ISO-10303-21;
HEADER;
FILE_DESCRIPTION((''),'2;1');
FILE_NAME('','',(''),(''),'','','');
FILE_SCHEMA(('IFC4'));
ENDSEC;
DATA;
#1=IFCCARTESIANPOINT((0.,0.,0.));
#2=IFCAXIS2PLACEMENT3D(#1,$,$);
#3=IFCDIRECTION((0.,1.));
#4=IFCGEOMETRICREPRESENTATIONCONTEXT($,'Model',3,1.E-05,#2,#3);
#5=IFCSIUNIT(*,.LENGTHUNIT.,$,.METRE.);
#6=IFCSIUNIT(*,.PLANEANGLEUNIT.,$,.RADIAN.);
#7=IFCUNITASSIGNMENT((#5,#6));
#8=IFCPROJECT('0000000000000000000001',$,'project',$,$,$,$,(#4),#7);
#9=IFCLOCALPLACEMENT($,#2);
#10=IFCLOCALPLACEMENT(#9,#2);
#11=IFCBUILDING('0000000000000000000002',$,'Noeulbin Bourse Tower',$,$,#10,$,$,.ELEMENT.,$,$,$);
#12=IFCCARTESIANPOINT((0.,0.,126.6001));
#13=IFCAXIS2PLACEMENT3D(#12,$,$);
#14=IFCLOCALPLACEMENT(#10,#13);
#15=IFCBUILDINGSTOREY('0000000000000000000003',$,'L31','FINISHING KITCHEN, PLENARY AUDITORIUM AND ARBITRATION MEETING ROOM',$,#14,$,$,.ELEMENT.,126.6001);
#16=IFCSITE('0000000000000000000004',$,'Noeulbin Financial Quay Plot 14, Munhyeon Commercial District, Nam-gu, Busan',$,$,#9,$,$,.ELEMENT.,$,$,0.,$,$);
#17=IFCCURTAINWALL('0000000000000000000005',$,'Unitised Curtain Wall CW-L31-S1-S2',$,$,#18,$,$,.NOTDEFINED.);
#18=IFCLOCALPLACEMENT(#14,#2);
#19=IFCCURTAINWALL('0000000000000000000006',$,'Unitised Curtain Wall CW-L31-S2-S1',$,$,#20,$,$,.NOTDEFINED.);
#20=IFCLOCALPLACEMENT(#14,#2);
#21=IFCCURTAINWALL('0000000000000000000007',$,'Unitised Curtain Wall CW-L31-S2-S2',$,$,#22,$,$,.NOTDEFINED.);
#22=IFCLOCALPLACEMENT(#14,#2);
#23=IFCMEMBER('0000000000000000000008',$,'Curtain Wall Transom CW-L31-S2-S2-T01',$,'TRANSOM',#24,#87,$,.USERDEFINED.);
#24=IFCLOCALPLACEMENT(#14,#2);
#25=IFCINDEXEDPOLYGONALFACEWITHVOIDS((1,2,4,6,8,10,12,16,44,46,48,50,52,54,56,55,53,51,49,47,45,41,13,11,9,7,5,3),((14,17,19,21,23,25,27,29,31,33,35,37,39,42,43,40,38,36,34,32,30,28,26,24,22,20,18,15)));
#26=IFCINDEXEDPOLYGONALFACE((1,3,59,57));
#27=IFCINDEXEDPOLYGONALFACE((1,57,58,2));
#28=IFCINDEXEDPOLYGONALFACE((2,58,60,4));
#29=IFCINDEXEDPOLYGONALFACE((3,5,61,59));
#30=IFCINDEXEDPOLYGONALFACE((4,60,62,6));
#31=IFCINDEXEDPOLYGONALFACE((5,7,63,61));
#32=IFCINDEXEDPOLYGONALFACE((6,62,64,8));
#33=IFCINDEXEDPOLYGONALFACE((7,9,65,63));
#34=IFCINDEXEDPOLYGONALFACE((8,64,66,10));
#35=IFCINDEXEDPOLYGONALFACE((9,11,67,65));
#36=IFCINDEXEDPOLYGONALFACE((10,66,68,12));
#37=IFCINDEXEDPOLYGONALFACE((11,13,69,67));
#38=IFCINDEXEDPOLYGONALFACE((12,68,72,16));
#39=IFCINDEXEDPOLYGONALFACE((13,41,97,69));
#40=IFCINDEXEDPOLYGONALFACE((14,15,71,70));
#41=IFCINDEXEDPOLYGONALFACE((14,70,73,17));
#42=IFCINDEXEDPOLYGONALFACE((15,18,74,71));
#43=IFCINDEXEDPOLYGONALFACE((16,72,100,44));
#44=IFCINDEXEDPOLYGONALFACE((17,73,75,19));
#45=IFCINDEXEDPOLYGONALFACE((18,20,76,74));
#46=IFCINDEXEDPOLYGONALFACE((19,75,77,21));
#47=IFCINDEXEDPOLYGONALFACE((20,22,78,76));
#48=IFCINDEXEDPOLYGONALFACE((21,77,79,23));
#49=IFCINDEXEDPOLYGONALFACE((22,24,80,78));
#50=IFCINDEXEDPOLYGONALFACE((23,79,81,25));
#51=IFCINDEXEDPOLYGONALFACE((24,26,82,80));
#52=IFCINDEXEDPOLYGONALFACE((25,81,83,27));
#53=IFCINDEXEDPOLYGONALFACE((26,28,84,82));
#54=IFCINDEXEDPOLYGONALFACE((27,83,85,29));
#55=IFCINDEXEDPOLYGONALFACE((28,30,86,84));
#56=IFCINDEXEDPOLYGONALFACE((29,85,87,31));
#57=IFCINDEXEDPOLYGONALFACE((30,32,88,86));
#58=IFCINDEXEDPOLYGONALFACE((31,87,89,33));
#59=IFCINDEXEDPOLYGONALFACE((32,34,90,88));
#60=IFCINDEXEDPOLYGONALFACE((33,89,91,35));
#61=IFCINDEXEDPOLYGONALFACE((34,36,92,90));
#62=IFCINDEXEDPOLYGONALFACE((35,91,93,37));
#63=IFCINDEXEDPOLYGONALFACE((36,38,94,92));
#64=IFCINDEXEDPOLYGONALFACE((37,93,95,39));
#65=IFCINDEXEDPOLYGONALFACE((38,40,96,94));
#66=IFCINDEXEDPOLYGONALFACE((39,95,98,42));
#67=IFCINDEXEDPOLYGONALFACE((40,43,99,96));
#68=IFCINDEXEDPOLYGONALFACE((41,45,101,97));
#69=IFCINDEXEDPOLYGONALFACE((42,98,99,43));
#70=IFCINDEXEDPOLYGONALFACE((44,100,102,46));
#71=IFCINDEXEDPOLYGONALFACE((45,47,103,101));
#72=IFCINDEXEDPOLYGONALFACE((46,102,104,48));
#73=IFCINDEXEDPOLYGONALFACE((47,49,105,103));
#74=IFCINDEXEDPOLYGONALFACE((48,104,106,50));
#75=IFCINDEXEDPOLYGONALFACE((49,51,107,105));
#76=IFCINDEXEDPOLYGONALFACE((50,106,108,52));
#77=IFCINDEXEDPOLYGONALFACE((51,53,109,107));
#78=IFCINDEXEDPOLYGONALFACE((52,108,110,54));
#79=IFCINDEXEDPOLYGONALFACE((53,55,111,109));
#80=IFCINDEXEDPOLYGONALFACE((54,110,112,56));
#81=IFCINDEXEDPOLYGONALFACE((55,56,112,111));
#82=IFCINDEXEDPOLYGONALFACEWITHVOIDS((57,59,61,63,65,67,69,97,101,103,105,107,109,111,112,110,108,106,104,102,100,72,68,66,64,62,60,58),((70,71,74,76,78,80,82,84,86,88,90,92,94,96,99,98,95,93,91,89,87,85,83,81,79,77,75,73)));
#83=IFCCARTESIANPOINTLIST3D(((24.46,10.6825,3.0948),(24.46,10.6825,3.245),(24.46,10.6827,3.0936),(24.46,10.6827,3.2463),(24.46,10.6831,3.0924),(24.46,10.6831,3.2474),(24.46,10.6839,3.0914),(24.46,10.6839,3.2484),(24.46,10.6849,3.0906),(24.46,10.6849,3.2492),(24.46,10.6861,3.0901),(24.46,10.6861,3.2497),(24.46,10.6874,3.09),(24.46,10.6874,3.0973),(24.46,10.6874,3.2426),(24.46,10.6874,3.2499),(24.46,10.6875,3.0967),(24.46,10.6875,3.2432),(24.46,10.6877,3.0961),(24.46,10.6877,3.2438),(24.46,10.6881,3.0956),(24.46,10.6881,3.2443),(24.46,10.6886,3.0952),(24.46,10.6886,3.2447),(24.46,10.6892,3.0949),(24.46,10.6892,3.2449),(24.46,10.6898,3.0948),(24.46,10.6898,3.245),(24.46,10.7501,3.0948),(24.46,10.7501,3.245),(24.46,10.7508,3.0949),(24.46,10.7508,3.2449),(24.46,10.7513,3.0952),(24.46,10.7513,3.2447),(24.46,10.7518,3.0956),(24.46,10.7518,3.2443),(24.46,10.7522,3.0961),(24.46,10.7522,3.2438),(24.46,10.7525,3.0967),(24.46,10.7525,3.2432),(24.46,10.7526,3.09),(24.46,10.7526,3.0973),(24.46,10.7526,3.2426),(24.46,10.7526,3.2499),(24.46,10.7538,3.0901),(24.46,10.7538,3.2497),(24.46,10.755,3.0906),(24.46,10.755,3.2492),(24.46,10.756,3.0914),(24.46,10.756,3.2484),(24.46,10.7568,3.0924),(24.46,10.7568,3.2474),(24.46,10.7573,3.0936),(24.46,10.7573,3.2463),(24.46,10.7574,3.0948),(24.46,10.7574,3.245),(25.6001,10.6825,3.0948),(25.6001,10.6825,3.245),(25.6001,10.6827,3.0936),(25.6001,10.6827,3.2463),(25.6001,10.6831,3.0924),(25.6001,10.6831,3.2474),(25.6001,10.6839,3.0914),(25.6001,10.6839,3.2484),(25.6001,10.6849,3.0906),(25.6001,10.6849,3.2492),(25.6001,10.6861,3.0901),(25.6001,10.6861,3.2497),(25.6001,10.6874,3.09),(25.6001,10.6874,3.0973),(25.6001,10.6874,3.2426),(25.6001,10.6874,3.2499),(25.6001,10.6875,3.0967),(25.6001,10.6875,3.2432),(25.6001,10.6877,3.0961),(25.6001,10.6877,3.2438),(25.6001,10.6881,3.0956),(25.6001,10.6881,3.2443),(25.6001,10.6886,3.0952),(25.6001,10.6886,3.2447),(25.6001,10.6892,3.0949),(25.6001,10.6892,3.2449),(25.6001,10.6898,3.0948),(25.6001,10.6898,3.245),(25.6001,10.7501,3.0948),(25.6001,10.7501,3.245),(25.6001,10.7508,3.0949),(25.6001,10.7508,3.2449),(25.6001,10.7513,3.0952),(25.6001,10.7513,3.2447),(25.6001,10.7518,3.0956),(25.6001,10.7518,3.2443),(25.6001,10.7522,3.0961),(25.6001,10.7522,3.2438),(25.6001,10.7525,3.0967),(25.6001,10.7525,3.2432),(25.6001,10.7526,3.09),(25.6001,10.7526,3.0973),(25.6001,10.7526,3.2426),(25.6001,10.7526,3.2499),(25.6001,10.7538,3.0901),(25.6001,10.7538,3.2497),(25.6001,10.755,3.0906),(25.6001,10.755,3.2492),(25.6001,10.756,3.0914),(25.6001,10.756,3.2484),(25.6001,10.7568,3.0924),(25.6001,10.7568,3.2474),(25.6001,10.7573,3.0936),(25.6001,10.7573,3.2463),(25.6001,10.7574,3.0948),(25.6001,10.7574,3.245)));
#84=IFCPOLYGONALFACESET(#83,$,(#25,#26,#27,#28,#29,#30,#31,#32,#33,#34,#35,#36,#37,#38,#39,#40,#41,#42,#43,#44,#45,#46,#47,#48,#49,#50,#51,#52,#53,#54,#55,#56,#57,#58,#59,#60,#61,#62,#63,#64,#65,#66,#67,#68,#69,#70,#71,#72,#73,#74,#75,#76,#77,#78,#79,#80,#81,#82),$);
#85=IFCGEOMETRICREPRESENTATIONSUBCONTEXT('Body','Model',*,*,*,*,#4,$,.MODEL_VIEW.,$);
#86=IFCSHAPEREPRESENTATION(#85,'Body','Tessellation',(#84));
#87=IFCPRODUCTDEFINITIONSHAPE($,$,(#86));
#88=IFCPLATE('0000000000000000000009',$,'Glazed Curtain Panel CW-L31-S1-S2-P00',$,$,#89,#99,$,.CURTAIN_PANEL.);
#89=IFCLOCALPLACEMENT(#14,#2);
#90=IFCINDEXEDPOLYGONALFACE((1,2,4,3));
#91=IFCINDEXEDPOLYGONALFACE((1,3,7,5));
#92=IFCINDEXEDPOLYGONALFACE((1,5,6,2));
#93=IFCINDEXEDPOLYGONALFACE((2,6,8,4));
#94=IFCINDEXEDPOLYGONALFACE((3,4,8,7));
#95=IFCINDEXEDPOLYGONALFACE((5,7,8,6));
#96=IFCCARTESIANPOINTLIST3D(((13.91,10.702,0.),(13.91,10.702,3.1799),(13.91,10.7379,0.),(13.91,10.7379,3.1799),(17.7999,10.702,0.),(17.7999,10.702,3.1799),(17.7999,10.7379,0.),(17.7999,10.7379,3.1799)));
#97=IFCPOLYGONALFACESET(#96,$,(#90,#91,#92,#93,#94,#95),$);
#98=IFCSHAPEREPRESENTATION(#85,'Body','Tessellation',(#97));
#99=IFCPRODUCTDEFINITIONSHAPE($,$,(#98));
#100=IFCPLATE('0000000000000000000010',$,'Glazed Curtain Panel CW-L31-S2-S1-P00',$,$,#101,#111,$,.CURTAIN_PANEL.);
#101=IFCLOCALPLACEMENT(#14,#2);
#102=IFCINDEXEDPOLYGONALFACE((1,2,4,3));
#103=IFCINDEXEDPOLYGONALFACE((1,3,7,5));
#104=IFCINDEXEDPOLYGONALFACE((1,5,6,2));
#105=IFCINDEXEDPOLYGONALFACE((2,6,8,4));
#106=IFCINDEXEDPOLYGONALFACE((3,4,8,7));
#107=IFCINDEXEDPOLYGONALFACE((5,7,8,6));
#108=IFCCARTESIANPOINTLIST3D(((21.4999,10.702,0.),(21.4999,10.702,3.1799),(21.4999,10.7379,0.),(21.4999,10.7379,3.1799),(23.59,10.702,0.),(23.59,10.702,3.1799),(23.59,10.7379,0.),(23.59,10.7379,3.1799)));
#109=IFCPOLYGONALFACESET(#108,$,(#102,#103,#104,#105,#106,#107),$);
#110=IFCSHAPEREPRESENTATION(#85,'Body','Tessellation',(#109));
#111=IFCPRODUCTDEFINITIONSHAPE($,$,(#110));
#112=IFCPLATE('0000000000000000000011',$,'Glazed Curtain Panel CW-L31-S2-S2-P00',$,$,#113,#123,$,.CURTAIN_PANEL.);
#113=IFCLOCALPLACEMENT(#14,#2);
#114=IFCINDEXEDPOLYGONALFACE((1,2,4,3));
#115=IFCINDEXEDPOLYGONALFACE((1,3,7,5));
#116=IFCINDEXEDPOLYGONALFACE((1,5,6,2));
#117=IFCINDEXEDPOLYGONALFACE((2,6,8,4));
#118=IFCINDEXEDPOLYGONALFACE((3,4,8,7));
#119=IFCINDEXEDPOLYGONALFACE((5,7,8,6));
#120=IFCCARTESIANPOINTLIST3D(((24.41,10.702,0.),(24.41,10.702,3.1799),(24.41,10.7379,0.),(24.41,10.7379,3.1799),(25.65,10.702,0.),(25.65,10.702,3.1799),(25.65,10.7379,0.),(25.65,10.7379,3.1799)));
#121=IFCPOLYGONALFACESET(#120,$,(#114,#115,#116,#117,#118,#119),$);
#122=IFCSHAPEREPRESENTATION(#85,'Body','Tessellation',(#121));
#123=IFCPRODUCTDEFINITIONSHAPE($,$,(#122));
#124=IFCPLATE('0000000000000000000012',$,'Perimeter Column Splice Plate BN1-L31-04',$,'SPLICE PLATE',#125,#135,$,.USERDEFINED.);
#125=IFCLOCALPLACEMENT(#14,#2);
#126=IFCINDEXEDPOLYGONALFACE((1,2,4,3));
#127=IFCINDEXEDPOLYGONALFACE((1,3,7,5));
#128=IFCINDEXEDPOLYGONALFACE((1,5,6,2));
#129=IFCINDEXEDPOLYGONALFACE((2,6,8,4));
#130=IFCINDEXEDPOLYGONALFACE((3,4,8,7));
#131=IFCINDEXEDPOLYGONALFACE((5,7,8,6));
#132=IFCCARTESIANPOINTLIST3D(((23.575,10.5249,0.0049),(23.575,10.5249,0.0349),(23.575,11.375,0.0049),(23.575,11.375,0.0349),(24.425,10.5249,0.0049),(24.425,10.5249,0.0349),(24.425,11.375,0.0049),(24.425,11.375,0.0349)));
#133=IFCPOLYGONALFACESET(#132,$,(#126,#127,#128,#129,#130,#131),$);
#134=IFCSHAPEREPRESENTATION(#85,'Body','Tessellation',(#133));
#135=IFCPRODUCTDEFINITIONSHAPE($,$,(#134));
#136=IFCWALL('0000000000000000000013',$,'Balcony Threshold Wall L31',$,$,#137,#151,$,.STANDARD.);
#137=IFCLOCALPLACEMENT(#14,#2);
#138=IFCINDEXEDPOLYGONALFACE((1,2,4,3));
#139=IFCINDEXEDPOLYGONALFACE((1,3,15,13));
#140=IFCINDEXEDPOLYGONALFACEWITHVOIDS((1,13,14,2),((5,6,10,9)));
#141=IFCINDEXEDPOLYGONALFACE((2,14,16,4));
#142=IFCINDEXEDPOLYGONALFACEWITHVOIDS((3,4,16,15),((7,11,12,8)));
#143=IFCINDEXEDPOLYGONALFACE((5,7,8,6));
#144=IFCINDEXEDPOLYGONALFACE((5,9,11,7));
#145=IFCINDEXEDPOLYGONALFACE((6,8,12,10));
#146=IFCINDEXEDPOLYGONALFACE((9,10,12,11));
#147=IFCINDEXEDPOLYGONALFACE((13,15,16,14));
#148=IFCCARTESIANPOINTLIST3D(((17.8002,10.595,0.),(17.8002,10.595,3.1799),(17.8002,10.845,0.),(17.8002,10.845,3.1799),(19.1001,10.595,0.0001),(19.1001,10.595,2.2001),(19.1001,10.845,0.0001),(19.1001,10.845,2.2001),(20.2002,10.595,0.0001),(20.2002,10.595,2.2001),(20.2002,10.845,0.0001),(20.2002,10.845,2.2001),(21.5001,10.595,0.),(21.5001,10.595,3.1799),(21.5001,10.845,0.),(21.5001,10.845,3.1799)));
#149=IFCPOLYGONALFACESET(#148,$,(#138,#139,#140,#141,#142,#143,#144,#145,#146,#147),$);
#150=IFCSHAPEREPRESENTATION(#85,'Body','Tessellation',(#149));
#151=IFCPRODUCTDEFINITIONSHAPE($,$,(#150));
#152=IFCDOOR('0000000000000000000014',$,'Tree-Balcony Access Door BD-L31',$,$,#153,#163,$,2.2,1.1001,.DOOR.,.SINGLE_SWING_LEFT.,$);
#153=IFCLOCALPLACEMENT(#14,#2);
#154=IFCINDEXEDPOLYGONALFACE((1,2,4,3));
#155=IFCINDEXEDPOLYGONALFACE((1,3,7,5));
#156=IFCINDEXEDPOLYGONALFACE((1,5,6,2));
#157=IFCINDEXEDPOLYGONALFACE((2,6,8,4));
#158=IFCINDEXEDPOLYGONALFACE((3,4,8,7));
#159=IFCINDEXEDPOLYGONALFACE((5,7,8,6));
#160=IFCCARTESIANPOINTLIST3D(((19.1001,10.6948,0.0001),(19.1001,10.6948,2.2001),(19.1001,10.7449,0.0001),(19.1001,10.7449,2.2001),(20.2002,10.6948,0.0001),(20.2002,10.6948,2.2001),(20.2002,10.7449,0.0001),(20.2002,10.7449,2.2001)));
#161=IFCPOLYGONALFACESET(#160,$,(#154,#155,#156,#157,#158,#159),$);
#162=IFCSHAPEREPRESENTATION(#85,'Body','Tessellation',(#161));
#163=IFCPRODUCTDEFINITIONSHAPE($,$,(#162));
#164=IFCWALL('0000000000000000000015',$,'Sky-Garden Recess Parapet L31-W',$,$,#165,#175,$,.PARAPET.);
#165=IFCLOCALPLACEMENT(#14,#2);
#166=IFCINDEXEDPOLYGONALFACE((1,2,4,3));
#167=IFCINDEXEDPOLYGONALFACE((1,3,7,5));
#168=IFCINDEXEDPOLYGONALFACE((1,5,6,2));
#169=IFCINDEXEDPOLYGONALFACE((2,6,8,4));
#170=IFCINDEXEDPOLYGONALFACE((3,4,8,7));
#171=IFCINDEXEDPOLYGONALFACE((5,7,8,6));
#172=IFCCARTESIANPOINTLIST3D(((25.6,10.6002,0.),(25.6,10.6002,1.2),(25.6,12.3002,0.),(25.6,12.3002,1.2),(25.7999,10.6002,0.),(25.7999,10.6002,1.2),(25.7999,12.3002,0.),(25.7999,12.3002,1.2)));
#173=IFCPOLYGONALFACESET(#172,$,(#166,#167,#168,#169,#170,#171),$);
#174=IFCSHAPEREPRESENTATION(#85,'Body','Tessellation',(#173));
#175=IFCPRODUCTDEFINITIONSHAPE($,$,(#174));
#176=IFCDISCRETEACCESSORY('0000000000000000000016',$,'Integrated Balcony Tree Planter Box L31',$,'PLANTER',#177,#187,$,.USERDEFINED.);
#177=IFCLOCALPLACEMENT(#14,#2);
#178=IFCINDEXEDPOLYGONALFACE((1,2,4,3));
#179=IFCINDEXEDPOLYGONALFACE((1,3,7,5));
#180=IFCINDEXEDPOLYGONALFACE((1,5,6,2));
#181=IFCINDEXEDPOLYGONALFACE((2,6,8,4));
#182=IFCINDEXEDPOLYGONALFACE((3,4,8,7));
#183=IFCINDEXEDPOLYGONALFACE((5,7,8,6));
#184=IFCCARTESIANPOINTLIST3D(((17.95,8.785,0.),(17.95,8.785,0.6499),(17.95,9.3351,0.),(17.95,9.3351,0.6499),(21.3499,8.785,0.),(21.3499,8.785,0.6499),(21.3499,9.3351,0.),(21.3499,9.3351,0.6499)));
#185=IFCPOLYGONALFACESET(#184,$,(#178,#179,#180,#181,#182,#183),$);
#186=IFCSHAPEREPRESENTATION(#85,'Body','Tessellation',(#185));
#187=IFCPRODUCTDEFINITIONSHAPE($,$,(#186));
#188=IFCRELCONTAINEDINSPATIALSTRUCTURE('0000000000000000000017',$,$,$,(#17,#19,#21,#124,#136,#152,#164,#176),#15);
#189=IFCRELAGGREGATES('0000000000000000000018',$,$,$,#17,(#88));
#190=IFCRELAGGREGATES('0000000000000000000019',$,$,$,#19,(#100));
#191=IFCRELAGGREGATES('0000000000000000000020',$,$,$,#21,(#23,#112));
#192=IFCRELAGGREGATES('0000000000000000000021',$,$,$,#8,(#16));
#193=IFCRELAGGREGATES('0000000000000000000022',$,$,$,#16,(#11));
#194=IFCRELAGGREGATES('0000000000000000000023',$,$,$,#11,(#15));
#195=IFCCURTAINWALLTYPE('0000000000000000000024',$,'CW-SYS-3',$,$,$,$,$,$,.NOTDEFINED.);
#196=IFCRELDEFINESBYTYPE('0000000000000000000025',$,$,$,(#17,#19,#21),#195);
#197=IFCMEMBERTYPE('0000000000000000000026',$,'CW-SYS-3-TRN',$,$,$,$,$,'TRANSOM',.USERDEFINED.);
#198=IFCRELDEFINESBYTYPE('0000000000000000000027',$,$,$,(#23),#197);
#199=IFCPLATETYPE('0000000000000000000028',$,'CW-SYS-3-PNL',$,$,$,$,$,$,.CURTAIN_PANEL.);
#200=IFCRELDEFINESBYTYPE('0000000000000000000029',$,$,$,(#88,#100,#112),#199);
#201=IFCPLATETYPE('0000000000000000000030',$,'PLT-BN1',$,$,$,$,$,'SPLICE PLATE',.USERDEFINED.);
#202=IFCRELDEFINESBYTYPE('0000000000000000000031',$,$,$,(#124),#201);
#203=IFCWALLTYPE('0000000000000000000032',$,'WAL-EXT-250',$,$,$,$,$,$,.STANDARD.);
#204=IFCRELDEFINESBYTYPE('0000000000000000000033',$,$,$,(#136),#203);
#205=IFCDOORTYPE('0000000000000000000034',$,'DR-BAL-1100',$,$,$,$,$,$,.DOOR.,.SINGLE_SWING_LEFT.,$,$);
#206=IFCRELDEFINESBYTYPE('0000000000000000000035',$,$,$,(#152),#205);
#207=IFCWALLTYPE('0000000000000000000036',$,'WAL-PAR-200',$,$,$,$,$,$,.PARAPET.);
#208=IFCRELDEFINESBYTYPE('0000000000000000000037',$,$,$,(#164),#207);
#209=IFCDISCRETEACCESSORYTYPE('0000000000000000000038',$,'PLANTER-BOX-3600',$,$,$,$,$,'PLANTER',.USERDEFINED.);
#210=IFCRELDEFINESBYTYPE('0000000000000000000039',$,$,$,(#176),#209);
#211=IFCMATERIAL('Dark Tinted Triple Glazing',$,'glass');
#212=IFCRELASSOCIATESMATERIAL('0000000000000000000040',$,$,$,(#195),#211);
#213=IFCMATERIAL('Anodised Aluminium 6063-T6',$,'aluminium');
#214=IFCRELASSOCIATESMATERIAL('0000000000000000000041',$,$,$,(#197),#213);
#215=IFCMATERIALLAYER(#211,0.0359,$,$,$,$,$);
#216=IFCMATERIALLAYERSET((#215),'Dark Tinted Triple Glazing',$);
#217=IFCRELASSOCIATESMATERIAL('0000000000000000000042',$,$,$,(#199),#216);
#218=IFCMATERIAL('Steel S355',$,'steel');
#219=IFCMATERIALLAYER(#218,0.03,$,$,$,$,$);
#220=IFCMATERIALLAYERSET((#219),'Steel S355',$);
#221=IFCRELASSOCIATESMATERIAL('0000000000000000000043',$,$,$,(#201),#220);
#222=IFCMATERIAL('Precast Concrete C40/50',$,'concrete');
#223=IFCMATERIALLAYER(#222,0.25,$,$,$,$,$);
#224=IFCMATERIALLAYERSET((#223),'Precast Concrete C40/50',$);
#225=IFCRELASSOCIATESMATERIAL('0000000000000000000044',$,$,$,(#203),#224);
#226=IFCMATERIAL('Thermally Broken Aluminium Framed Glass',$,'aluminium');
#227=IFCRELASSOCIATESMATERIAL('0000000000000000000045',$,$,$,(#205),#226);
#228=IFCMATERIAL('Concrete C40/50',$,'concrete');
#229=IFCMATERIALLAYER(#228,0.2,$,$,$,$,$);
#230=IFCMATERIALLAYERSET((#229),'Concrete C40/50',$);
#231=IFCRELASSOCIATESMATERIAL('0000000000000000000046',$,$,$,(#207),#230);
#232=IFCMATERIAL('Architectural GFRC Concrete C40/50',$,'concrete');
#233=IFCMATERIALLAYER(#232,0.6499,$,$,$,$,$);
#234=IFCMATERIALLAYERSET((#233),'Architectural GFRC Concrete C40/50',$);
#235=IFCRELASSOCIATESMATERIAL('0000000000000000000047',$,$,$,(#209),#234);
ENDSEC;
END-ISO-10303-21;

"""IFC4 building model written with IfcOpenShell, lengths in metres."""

from ifc_helpers import new_model, si_unit, direction, frame, frame_2d, origin, origin_2d, place, context, subcontext, project, spatial, rectangle, hollow_rectangle, extrude, material, layer, layer_set, material_profile, profile_set, type_object, element, fill, aggregate, save


model = new_model("IFC4")

# Units and contexts
model_context = context("Model", 3, precision=1e-05, world=origin(), true_north=direction((0.0, 1.0)))
body_context = subcontext(model_context, "Body", "Model", "MODEL_VIEW")
ifc_project = project(units=[si_unit("LENGTHUNIT", "METRE"), si_unit("PLANEANGLEUNIT", "RADIAN")], contexts=[model_context])

# Site, building, storey
site_placement = place(None, origin())
site = spatial("IfcSite", under=ifc_project, at=site_placement, Name="Noeulbin Financial Quay Plot 14, Munhyeon Commercial District, Nam-gu, Busan", CompositionType="ELEMENT", RefElevation=0.0)
building_placement = place(site_placement, origin())
building = spatial("IfcBuilding", under=site, at=building_placement, Name="Noeulbin Bourse Tower", CompositionType="ELEMENT")
storey_placement = place(building_placement, frame((0.0, 0.0, 126.6001)))
storey = spatial("IfcBuildingStorey", under=building, at=storey_placement, Name="L31", Description="FINISHING KITCHEN, PLENARY AUDITORIUM AND ARBITRATION MEETING ROOM", CompositionType="ELEMENT", Elevation=126.6001)

# Shared definitions
ifc_material_1 = material(Name="Steel S355", Category="steel")

# Curtain wall
ifc_material_2 = material(Name="Dark Tinted Triple Glazing", Category="glass")
curtain_wall_type = type_object("IfcCurtainWallType", Name="CW-SYS-3", PredefinedType="NOTDEFINED", material=ifc_material_2)
curtain_wall_1_placement = place(storey_placement, origin())
curtain_wall_1 = element("IfcCurtainWall", 1, at=curtain_wall_1_placement, inside=storey, type_object=curtain_wall_type, Name="Unitised Curtain Wall CW-L31-S1-S2", PredefinedType="NOTDEFINED")
ifc_material_3 = material(Name="Anodised Aluminium 6063-T6", Category="aluminium")

# Curtain walls
curtain_wall_2_placement = place(storey_placement, origin())
curtain_wall_2 = element("IfcCurtainWall", 2, at=curtain_wall_2_placement, inside=storey, type_object=curtain_wall_type, Name="Unitised Curtain Wall CW-L31-S2-S1", PredefinedType="NOTDEFINED")
curtain_wall_3_placement = place(storey_placement, origin())
curtain_wall_3 = element("IfcCurtainWall", 3, at=curtain_wall_3_placement, inside=storey, type_object=curtain_wall_type, Name="Unitised Curtain Wall CW-L31-S2-S2", PredefinedType="NOTDEFINED")

# Member
ifc_material_profile_1 = material_profile(ifc_material_3, hollow_rectangle(XDim=0.075, YDim=0.1599, WallThickness=0.0049, InnerFilletRadius=0.0024, OuterFilletRadius=0.0049, at=origin_2d()), Name="ALU-TRAN-75x160x5", Category="LoadBearing")
ifc_profile_set_1 = profile_set([ifc_material_profile_1], Name="Anodised Aluminium 6063-T6")
member_type_1 = type_object("IfcMemberType", Name="CW-SYS-3-TRN", ElementType="TRANSOM", PredefinedType="USERDEFINED", material=ifc_profile_set_1)
member_1_placement = place(storey_placement, frame((24.46, 10.72, 3.1699), z_axis=(1.0, 0.0, 0.0), x_axis=(0.0, 1.0, 0.0)))
member_1 = element("IfcMember", 4, at=member_1_placement, type_object=member_type_1, Name="Curtain Wall Transom CW-L31-S2-S2-T01", ObjectType="TRANSOM", PredefinedType="USERDEFINED", context=body_context, shape_type="SweptSolid", body=[
    extrude(hollow_rectangle(XDim=0.075, YDim=0.1599, WallThickness=0.0049, InnerFilletRadius=0.0024, OuterFilletRadius=0.0049, at=origin_2d()), origin(), (0.0, 0.0, 1.0), 1.1401),
])

# Plates
ifc_layer_1 = layer(ifc_material_2, 0.0359)
ifc_layer_set_1 = layer_set([ifc_layer_1], Name="Dark Tinted Triple Glazing")
plate_type_1 = type_object("IfcPlateType", Name="CW-SYS-3-PNL", PredefinedType="CURTAIN_PANEL", material=ifc_layer_set_1)
plate_1_placement = place(storey_placement, frame((15.855, 10.72, 0.0), z_axis=(0.0, 0.0, 1.0), x_axis=(1.0, 0.0, 0.0)))
plate_1 = element("IfcPlate", 5, at=plate_1_placement, type_object=plate_type_1, Name="Glazed Curtain Panel CW-L31-S1-S2-P00", PredefinedType="CURTAIN_PANEL", context=body_context, shape_type="SweptSolid", body=[
    extrude(rectangle(XDim=3.8899, YDim=0.0359, at=origin_2d()), origin(), (0.0, 0.0, 1.0), 3.1799),
])
aggregate(curtain_wall_1, [plate_1])
plate_2_placement = place(storey_placement, frame((22.5449, 10.72, 0.0), z_axis=(0.0, 0.0, 1.0), x_axis=(1.0, 0.0, 0.0)))
plate_2 = element("IfcPlate", 6, at=plate_2_placement, type_object=plate_type_1, Name="Glazed Curtain Panel CW-L31-S2-S1-P00", PredefinedType="CURTAIN_PANEL", context=body_context, shape_type="SweptSolid", body=[
    extrude(rectangle(XDim=2.0901, YDim=0.0359, at=origin_2d()), origin(), (0.0, 0.0, 1.0), 3.1799),
])
aggregate(curtain_wall_2, [plate_2])
plate_3_placement = place(storey_placement, frame((25.03, 10.72, 0.0), z_axis=(0.0, 0.0, 1.0), x_axis=(1.0, 0.0, 0.0)))
plate_3 = element("IfcPlate", 7, at=plate_3_placement, type_object=plate_type_1, Name="Glazed Curtain Panel CW-L31-S2-S2-P00", PredefinedType="CURTAIN_PANEL", context=body_context, shape_type="SweptSolid", body=[
    extrude(rectangle(XDim=1.24, YDim=0.0359, at=origin_2d()), origin(), (0.0, 0.0, 1.0), 3.1799),
])
aggregate(curtain_wall_3, [member_1, plate_3])
ifc_layer_2 = layer(ifc_material_1, 0.03)
ifc_layer_set_2 = layer_set([ifc_layer_2], Name="Steel S355")
plate_type_2 = type_object("IfcPlateType", Name="PLT-BN1", ElementType="SPLICE PLATE", PredefinedType="USERDEFINED", material=ifc_layer_set_2)
plate_4_placement = place(storey_placement, frame((24.0, 10.95, 0.0049), z_axis=(0.0, 0.0, 1.0), x_axis=(1.0, 0.0, 0.0)))
element("IfcPlate", 8, at=plate_4_placement, inside=storey, type_object=plate_type_2, Name="Perimeter Column Splice Plate BN1-L31-04", ObjectType="SPLICE PLATE", PredefinedType="USERDEFINED", context=body_context, shape_type="SweptSolid", body=[
    extrude(rectangle(XDim=0.8501, YDim=0.8501, at=origin_2d()), origin(), (0.0, 0.0, 1.0), 0.03),
])

# Wall, opening, door
ifc_material_4 = material(Name="Precast Concrete C40/50", Category="concrete")
ifc_layer_3 = layer(ifc_material_4, 0.25)
ifc_layer_set_3 = layer_set([ifc_layer_3], Name="Precast Concrete C40/50")
wall_type_1 = type_object("IfcWallType", Name="WAL-EXT-250", PredefinedType="STANDARD", material=ifc_layer_set_3)
wall_1_placement = place(storey_placement, frame((17.8, 10.72, 0.0), z_axis=(0.0, 0.0, 1.0), x_axis=(1.0, 0.0, 0.0)))
wall_1 = element("IfcWall", 9, at=wall_1_placement, inside=storey, type_object=wall_type_1, Name="Balcony Threshold Wall L31", PredefinedType="STANDARD", context=body_context, shape_type="SweptSolid", body=[
    extrude(rectangle(XDim=3.7, YDim=0.25, at=frame_2d((1.8501, 0.0))), origin(), (0.0, 0.0, 1.0), 3.1799),
])
opening_placement = place(wall_1_placement, frame((1.3, 0.0, 0.0)))
opening = element("IfcOpeningElement", 10, at=opening_placement, cuts=wall_1, PredefinedType="OPENING", context=body_context, shape_type="SweptSolid", body=[
    extrude(rectangle(XDim=1.1001, YDim=2.2, at=frame_2d((0.55, 1.1001))), frame((0.0, 0.135, 0.0), z_axis=(0.0, -1.0, 0.0), x_axis=(1.0, 0.0, 0.0)), (0.0, 0.0, 1.0), 0.27),
])
ifc_material_5 = material(Name="Thermally Broken Aluminium Framed Glass", Category="aluminium")
door_type = type_object("IfcDoorType", Name="DR-BAL-1100", OperationType="SINGLE_SWING_LEFT", PredefinedType="DOOR", material=ifc_material_5)
door_placement = place(opening_placement, origin())
door = element("IfcDoor", 11, at=door_placement, inside=storey, type_object=door_type, Name="Tree-Balcony Access Door BD-L31", OperationType="SINGLE_SWING_LEFT", OverallHeight=2.2, OverallWidth=1.1001, PredefinedType="DOOR", context=body_context, shape_type="SweptSolid", body=[
    extrude(rectangle(XDim=1.1001, YDim=2.2, at=frame_2d((0.55, 1.1001))), frame((0.0, 0.0249, 0.0), z_axis=(0.0, -1.0, 0.0), x_axis=(1.0, 0.0, 0.0)), (0.0, 0.0, 1.0), 0.05),
])
fill(opening, door)

# Wall
ifc_material_6 = material(Name="Concrete C40/50", Category="concrete")
ifc_layer_4 = layer(ifc_material_6, 0.2)
ifc_layer_set_4 = layer_set([ifc_layer_4], Name="Concrete C40/50")
wall_type_2 = type_object("IfcWallType", Name="WAL-PAR-200", PredefinedType="PARAPET", material=ifc_layer_set_4)
wall_2_placement = place(storey_placement, frame((25.7, 10.6001, 0.0), z_axis=(0.0, 0.0, 1.0), x_axis=(0.0, 1.0, 0.0)))
element("IfcWall", 12, at=wall_2_placement, inside=storey, type_object=wall_type_2, Name="Sky-Garden Recess Parapet L31-W", PredefinedType="PARAPET", context=body_context, shape_type="SweptSolid", body=[
    extrude(rectangle(XDim=1.7, YDim=0.2, at=frame_2d((0.8501, 0.0))), origin(), (0.0, 0.0, 1.0), 1.2),
])

# Discrete accessory
ifc_material_7 = material(Name="Architectural GFRC Concrete C40/50", Category="concrete")
ifc_layer_5 = layer(ifc_material_7, 0.6499)
ifc_layer_set_5 = layer_set([ifc_layer_5], Name="Architectural GFRC Concrete C40/50")
discrete_accessory_type = type_object("IfcDiscreteAccessoryType", Name="PLANTER-BOX-3600", ElementType="PLANTER", PredefinedType="USERDEFINED", material=ifc_layer_set_5)
discrete_accessory_placement = place(storey_placement, frame((19.6499, 9.0601, 0.0), z_axis=(0.0, 0.0, 1.0), x_axis=(1.0, 0.0, 0.0)))
element("IfcDiscreteAccessory", 13, at=discrete_accessory_placement, inside=storey, type_object=discrete_accessory_type, Name="Integrated Balcony Tree Planter Box L31", ObjectType="PLANTER", PredefinedType="USERDEFINED", context=body_context, shape_type="SweptSolid", body=[
    extrude(rectangle(XDim=3.3999, YDim=0.55, at=origin_2d()), origin(), (0.0, 0.0, 1.0), 0.6499),
])

save(model, "model.ifc")
